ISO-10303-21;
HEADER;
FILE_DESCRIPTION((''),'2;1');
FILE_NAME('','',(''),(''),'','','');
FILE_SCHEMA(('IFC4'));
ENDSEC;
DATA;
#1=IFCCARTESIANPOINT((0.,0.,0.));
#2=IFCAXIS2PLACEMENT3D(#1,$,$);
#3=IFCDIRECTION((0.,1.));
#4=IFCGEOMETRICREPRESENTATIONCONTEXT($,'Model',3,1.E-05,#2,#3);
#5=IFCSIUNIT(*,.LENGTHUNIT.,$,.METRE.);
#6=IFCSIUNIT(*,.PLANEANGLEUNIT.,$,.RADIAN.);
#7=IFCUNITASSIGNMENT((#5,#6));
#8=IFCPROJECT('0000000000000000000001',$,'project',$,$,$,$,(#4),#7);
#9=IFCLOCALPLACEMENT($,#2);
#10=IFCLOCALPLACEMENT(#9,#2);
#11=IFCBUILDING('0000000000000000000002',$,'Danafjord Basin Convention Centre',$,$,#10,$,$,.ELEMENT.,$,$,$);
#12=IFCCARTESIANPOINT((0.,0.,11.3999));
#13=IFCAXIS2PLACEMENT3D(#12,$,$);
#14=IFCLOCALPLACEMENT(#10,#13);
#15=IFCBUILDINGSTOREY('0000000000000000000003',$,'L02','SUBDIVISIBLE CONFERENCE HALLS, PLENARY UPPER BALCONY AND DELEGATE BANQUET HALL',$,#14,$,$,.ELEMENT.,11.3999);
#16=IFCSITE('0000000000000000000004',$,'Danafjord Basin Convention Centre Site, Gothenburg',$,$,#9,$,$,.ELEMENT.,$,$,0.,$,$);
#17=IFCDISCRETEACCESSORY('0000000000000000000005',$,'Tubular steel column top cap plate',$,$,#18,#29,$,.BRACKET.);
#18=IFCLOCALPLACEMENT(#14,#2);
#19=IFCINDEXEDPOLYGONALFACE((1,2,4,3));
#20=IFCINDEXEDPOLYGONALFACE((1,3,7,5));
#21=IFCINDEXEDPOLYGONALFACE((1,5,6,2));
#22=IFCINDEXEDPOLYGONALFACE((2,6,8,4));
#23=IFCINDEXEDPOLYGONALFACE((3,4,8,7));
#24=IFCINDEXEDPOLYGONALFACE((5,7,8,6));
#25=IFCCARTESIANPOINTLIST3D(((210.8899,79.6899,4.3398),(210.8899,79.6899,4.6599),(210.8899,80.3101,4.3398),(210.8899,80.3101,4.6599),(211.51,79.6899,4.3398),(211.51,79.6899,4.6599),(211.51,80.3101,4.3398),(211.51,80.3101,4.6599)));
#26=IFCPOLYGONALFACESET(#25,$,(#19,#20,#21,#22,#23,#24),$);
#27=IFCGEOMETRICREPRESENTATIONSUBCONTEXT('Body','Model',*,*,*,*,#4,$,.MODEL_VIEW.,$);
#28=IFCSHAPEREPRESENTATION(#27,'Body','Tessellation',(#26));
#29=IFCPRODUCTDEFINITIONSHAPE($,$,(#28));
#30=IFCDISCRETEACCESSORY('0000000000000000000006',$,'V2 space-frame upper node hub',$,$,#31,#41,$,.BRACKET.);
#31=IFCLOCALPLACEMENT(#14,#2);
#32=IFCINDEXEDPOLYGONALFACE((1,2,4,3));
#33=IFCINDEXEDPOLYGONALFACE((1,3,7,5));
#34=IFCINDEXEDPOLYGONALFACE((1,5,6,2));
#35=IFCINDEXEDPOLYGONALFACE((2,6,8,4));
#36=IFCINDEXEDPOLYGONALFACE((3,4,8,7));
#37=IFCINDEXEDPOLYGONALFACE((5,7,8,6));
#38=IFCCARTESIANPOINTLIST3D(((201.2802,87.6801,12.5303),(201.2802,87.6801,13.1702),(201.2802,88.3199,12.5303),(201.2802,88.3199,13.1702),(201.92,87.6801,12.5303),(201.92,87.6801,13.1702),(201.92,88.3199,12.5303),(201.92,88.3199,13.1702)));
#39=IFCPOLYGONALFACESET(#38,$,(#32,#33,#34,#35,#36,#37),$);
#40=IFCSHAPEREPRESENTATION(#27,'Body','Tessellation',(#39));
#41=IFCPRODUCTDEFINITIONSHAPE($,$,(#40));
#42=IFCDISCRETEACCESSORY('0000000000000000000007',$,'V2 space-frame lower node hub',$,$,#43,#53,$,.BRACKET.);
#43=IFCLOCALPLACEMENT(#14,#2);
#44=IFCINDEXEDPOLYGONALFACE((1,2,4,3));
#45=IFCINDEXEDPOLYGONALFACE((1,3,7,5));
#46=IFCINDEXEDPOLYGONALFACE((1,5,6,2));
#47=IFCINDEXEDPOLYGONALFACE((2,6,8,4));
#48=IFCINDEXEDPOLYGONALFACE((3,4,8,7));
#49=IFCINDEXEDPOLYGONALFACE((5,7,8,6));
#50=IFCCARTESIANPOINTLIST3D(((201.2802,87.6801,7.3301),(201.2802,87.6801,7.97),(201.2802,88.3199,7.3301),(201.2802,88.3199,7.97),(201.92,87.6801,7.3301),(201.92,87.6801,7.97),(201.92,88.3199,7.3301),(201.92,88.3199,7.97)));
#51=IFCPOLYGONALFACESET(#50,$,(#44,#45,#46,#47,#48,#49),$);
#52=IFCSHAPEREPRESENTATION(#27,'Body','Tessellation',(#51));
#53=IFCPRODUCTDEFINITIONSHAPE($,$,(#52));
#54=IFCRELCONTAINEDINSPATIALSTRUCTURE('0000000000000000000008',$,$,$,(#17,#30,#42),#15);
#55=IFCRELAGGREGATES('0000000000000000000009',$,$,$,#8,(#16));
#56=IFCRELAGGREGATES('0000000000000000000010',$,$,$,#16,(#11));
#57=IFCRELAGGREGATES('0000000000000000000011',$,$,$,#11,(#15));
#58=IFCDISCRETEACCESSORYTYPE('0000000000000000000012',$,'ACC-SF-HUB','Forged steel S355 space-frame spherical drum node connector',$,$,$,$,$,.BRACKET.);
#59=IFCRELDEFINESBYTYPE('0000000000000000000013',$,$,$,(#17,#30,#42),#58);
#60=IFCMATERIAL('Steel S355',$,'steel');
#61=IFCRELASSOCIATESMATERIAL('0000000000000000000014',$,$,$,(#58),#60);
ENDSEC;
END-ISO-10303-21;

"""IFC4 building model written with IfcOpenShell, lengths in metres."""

from ifc_helpers import new_model, si_unit, direction, frame, origin, origin_2d, place, context, subcontext, project, spatial, rectangle, extrude, material, type_object, element, save


model = new_model("IFC4")

# Units and contexts
model_context = context("Model", 3, precision=1e-05, world=origin(), true_north=direction((0.0, 1.0)))
body_context = subcontext(model_context, "Body", "Model", "MODEL_VIEW")
ifc_project = project(units=[si_unit("LENGTHUNIT", "METRE"), si_unit("PLANEANGLEUNIT", "RADIAN")], contexts=[model_context])

# Site, building, storey
site_placement = place(None, origin())
site = spatial("IfcSite", under=ifc_project, at=site_placement, Name="Danafjord Basin Convention Centre Site, Gothenburg", CompositionType="ELEMENT", RefElevation=0.0)
building_placement = place(site_placement, origin())
building = spatial("IfcBuilding", under=site, at=building_placement, Name="Danafjord Basin Convention Centre", CompositionType="ELEMENT")
storey_placement = place(building_placement, frame((0.0, 0.0, 11.3999)))
storey = spatial("IfcBuildingStorey", under=building, at=storey_placement, Name="L02", Description="SUBDIVISIBLE CONFERENCE HALLS, PLENARY UPPER BALCONY AND DELEGATE BANQUET HALL", CompositionType="ELEMENT", Elevation=11.3999)

# Shared definitions
ifc_material_1 = material(Name="Steel S355", Category="steel")

# Discrete accessories
discrete_accessory_type = type_object("IfcDiscreteAccessoryType", Name="ACC-SF-HUB", Description="Forged steel S355 space-frame spherical drum node connector", PredefinedType="BRACKET", material=ifc_material_1)
for number, where, z_axis, x_axis, name in (
    (1, (211.2, 80.0, 4.3398), (0.0, 0.0, 1.0), (1.0, 0.0, 0.0), "Tubular steel column top cap plate"),
):
    element("IfcDiscreteAccessory", number, at=place(storey_placement, frame(where, z_axis=z_axis, x_axis=x_axis)), inside=storey, type_object=discrete_accessory_type, Name=name, PredefinedType="BRACKET", context=body_context, shape_type="SweptSolid", body=[
        extrude(rectangle(XDim=0.6201, YDim=0.6201, at=origin_2d()), origin(), (0.0, 0.0, 1.0), 0.3201),
    ])
for number, where, z_axis, x_axis, name in (
    (2, (201.6001, 88.0, 12.5303), (0.0, 0.0, 1.0), (1.0, 0.0, 0.0), "V2 space-frame upper node hub"),
    (3, (201.6001, 88.0, 7.3301), (0.0, 0.0, 1.0), (1.0, 0.0, 0.0), "V2 space-frame lower node hub"),
):
    element("IfcDiscreteAccessory", number, at=place(storey_placement, frame(where, z_axis=z_axis, x_axis=x_axis)), inside=storey, type_object=discrete_accessory_type, Name=name, PredefinedType="BRACKET", context=body_context, shape_type="SweptSolid", body=[
        extrude(rectangle(XDim=0.6399, YDim=0.6399, at=origin_2d()), origin(), (0.0, 0.0, 1.0), 0.6399),
    ])

save(model, "model.ifc")
